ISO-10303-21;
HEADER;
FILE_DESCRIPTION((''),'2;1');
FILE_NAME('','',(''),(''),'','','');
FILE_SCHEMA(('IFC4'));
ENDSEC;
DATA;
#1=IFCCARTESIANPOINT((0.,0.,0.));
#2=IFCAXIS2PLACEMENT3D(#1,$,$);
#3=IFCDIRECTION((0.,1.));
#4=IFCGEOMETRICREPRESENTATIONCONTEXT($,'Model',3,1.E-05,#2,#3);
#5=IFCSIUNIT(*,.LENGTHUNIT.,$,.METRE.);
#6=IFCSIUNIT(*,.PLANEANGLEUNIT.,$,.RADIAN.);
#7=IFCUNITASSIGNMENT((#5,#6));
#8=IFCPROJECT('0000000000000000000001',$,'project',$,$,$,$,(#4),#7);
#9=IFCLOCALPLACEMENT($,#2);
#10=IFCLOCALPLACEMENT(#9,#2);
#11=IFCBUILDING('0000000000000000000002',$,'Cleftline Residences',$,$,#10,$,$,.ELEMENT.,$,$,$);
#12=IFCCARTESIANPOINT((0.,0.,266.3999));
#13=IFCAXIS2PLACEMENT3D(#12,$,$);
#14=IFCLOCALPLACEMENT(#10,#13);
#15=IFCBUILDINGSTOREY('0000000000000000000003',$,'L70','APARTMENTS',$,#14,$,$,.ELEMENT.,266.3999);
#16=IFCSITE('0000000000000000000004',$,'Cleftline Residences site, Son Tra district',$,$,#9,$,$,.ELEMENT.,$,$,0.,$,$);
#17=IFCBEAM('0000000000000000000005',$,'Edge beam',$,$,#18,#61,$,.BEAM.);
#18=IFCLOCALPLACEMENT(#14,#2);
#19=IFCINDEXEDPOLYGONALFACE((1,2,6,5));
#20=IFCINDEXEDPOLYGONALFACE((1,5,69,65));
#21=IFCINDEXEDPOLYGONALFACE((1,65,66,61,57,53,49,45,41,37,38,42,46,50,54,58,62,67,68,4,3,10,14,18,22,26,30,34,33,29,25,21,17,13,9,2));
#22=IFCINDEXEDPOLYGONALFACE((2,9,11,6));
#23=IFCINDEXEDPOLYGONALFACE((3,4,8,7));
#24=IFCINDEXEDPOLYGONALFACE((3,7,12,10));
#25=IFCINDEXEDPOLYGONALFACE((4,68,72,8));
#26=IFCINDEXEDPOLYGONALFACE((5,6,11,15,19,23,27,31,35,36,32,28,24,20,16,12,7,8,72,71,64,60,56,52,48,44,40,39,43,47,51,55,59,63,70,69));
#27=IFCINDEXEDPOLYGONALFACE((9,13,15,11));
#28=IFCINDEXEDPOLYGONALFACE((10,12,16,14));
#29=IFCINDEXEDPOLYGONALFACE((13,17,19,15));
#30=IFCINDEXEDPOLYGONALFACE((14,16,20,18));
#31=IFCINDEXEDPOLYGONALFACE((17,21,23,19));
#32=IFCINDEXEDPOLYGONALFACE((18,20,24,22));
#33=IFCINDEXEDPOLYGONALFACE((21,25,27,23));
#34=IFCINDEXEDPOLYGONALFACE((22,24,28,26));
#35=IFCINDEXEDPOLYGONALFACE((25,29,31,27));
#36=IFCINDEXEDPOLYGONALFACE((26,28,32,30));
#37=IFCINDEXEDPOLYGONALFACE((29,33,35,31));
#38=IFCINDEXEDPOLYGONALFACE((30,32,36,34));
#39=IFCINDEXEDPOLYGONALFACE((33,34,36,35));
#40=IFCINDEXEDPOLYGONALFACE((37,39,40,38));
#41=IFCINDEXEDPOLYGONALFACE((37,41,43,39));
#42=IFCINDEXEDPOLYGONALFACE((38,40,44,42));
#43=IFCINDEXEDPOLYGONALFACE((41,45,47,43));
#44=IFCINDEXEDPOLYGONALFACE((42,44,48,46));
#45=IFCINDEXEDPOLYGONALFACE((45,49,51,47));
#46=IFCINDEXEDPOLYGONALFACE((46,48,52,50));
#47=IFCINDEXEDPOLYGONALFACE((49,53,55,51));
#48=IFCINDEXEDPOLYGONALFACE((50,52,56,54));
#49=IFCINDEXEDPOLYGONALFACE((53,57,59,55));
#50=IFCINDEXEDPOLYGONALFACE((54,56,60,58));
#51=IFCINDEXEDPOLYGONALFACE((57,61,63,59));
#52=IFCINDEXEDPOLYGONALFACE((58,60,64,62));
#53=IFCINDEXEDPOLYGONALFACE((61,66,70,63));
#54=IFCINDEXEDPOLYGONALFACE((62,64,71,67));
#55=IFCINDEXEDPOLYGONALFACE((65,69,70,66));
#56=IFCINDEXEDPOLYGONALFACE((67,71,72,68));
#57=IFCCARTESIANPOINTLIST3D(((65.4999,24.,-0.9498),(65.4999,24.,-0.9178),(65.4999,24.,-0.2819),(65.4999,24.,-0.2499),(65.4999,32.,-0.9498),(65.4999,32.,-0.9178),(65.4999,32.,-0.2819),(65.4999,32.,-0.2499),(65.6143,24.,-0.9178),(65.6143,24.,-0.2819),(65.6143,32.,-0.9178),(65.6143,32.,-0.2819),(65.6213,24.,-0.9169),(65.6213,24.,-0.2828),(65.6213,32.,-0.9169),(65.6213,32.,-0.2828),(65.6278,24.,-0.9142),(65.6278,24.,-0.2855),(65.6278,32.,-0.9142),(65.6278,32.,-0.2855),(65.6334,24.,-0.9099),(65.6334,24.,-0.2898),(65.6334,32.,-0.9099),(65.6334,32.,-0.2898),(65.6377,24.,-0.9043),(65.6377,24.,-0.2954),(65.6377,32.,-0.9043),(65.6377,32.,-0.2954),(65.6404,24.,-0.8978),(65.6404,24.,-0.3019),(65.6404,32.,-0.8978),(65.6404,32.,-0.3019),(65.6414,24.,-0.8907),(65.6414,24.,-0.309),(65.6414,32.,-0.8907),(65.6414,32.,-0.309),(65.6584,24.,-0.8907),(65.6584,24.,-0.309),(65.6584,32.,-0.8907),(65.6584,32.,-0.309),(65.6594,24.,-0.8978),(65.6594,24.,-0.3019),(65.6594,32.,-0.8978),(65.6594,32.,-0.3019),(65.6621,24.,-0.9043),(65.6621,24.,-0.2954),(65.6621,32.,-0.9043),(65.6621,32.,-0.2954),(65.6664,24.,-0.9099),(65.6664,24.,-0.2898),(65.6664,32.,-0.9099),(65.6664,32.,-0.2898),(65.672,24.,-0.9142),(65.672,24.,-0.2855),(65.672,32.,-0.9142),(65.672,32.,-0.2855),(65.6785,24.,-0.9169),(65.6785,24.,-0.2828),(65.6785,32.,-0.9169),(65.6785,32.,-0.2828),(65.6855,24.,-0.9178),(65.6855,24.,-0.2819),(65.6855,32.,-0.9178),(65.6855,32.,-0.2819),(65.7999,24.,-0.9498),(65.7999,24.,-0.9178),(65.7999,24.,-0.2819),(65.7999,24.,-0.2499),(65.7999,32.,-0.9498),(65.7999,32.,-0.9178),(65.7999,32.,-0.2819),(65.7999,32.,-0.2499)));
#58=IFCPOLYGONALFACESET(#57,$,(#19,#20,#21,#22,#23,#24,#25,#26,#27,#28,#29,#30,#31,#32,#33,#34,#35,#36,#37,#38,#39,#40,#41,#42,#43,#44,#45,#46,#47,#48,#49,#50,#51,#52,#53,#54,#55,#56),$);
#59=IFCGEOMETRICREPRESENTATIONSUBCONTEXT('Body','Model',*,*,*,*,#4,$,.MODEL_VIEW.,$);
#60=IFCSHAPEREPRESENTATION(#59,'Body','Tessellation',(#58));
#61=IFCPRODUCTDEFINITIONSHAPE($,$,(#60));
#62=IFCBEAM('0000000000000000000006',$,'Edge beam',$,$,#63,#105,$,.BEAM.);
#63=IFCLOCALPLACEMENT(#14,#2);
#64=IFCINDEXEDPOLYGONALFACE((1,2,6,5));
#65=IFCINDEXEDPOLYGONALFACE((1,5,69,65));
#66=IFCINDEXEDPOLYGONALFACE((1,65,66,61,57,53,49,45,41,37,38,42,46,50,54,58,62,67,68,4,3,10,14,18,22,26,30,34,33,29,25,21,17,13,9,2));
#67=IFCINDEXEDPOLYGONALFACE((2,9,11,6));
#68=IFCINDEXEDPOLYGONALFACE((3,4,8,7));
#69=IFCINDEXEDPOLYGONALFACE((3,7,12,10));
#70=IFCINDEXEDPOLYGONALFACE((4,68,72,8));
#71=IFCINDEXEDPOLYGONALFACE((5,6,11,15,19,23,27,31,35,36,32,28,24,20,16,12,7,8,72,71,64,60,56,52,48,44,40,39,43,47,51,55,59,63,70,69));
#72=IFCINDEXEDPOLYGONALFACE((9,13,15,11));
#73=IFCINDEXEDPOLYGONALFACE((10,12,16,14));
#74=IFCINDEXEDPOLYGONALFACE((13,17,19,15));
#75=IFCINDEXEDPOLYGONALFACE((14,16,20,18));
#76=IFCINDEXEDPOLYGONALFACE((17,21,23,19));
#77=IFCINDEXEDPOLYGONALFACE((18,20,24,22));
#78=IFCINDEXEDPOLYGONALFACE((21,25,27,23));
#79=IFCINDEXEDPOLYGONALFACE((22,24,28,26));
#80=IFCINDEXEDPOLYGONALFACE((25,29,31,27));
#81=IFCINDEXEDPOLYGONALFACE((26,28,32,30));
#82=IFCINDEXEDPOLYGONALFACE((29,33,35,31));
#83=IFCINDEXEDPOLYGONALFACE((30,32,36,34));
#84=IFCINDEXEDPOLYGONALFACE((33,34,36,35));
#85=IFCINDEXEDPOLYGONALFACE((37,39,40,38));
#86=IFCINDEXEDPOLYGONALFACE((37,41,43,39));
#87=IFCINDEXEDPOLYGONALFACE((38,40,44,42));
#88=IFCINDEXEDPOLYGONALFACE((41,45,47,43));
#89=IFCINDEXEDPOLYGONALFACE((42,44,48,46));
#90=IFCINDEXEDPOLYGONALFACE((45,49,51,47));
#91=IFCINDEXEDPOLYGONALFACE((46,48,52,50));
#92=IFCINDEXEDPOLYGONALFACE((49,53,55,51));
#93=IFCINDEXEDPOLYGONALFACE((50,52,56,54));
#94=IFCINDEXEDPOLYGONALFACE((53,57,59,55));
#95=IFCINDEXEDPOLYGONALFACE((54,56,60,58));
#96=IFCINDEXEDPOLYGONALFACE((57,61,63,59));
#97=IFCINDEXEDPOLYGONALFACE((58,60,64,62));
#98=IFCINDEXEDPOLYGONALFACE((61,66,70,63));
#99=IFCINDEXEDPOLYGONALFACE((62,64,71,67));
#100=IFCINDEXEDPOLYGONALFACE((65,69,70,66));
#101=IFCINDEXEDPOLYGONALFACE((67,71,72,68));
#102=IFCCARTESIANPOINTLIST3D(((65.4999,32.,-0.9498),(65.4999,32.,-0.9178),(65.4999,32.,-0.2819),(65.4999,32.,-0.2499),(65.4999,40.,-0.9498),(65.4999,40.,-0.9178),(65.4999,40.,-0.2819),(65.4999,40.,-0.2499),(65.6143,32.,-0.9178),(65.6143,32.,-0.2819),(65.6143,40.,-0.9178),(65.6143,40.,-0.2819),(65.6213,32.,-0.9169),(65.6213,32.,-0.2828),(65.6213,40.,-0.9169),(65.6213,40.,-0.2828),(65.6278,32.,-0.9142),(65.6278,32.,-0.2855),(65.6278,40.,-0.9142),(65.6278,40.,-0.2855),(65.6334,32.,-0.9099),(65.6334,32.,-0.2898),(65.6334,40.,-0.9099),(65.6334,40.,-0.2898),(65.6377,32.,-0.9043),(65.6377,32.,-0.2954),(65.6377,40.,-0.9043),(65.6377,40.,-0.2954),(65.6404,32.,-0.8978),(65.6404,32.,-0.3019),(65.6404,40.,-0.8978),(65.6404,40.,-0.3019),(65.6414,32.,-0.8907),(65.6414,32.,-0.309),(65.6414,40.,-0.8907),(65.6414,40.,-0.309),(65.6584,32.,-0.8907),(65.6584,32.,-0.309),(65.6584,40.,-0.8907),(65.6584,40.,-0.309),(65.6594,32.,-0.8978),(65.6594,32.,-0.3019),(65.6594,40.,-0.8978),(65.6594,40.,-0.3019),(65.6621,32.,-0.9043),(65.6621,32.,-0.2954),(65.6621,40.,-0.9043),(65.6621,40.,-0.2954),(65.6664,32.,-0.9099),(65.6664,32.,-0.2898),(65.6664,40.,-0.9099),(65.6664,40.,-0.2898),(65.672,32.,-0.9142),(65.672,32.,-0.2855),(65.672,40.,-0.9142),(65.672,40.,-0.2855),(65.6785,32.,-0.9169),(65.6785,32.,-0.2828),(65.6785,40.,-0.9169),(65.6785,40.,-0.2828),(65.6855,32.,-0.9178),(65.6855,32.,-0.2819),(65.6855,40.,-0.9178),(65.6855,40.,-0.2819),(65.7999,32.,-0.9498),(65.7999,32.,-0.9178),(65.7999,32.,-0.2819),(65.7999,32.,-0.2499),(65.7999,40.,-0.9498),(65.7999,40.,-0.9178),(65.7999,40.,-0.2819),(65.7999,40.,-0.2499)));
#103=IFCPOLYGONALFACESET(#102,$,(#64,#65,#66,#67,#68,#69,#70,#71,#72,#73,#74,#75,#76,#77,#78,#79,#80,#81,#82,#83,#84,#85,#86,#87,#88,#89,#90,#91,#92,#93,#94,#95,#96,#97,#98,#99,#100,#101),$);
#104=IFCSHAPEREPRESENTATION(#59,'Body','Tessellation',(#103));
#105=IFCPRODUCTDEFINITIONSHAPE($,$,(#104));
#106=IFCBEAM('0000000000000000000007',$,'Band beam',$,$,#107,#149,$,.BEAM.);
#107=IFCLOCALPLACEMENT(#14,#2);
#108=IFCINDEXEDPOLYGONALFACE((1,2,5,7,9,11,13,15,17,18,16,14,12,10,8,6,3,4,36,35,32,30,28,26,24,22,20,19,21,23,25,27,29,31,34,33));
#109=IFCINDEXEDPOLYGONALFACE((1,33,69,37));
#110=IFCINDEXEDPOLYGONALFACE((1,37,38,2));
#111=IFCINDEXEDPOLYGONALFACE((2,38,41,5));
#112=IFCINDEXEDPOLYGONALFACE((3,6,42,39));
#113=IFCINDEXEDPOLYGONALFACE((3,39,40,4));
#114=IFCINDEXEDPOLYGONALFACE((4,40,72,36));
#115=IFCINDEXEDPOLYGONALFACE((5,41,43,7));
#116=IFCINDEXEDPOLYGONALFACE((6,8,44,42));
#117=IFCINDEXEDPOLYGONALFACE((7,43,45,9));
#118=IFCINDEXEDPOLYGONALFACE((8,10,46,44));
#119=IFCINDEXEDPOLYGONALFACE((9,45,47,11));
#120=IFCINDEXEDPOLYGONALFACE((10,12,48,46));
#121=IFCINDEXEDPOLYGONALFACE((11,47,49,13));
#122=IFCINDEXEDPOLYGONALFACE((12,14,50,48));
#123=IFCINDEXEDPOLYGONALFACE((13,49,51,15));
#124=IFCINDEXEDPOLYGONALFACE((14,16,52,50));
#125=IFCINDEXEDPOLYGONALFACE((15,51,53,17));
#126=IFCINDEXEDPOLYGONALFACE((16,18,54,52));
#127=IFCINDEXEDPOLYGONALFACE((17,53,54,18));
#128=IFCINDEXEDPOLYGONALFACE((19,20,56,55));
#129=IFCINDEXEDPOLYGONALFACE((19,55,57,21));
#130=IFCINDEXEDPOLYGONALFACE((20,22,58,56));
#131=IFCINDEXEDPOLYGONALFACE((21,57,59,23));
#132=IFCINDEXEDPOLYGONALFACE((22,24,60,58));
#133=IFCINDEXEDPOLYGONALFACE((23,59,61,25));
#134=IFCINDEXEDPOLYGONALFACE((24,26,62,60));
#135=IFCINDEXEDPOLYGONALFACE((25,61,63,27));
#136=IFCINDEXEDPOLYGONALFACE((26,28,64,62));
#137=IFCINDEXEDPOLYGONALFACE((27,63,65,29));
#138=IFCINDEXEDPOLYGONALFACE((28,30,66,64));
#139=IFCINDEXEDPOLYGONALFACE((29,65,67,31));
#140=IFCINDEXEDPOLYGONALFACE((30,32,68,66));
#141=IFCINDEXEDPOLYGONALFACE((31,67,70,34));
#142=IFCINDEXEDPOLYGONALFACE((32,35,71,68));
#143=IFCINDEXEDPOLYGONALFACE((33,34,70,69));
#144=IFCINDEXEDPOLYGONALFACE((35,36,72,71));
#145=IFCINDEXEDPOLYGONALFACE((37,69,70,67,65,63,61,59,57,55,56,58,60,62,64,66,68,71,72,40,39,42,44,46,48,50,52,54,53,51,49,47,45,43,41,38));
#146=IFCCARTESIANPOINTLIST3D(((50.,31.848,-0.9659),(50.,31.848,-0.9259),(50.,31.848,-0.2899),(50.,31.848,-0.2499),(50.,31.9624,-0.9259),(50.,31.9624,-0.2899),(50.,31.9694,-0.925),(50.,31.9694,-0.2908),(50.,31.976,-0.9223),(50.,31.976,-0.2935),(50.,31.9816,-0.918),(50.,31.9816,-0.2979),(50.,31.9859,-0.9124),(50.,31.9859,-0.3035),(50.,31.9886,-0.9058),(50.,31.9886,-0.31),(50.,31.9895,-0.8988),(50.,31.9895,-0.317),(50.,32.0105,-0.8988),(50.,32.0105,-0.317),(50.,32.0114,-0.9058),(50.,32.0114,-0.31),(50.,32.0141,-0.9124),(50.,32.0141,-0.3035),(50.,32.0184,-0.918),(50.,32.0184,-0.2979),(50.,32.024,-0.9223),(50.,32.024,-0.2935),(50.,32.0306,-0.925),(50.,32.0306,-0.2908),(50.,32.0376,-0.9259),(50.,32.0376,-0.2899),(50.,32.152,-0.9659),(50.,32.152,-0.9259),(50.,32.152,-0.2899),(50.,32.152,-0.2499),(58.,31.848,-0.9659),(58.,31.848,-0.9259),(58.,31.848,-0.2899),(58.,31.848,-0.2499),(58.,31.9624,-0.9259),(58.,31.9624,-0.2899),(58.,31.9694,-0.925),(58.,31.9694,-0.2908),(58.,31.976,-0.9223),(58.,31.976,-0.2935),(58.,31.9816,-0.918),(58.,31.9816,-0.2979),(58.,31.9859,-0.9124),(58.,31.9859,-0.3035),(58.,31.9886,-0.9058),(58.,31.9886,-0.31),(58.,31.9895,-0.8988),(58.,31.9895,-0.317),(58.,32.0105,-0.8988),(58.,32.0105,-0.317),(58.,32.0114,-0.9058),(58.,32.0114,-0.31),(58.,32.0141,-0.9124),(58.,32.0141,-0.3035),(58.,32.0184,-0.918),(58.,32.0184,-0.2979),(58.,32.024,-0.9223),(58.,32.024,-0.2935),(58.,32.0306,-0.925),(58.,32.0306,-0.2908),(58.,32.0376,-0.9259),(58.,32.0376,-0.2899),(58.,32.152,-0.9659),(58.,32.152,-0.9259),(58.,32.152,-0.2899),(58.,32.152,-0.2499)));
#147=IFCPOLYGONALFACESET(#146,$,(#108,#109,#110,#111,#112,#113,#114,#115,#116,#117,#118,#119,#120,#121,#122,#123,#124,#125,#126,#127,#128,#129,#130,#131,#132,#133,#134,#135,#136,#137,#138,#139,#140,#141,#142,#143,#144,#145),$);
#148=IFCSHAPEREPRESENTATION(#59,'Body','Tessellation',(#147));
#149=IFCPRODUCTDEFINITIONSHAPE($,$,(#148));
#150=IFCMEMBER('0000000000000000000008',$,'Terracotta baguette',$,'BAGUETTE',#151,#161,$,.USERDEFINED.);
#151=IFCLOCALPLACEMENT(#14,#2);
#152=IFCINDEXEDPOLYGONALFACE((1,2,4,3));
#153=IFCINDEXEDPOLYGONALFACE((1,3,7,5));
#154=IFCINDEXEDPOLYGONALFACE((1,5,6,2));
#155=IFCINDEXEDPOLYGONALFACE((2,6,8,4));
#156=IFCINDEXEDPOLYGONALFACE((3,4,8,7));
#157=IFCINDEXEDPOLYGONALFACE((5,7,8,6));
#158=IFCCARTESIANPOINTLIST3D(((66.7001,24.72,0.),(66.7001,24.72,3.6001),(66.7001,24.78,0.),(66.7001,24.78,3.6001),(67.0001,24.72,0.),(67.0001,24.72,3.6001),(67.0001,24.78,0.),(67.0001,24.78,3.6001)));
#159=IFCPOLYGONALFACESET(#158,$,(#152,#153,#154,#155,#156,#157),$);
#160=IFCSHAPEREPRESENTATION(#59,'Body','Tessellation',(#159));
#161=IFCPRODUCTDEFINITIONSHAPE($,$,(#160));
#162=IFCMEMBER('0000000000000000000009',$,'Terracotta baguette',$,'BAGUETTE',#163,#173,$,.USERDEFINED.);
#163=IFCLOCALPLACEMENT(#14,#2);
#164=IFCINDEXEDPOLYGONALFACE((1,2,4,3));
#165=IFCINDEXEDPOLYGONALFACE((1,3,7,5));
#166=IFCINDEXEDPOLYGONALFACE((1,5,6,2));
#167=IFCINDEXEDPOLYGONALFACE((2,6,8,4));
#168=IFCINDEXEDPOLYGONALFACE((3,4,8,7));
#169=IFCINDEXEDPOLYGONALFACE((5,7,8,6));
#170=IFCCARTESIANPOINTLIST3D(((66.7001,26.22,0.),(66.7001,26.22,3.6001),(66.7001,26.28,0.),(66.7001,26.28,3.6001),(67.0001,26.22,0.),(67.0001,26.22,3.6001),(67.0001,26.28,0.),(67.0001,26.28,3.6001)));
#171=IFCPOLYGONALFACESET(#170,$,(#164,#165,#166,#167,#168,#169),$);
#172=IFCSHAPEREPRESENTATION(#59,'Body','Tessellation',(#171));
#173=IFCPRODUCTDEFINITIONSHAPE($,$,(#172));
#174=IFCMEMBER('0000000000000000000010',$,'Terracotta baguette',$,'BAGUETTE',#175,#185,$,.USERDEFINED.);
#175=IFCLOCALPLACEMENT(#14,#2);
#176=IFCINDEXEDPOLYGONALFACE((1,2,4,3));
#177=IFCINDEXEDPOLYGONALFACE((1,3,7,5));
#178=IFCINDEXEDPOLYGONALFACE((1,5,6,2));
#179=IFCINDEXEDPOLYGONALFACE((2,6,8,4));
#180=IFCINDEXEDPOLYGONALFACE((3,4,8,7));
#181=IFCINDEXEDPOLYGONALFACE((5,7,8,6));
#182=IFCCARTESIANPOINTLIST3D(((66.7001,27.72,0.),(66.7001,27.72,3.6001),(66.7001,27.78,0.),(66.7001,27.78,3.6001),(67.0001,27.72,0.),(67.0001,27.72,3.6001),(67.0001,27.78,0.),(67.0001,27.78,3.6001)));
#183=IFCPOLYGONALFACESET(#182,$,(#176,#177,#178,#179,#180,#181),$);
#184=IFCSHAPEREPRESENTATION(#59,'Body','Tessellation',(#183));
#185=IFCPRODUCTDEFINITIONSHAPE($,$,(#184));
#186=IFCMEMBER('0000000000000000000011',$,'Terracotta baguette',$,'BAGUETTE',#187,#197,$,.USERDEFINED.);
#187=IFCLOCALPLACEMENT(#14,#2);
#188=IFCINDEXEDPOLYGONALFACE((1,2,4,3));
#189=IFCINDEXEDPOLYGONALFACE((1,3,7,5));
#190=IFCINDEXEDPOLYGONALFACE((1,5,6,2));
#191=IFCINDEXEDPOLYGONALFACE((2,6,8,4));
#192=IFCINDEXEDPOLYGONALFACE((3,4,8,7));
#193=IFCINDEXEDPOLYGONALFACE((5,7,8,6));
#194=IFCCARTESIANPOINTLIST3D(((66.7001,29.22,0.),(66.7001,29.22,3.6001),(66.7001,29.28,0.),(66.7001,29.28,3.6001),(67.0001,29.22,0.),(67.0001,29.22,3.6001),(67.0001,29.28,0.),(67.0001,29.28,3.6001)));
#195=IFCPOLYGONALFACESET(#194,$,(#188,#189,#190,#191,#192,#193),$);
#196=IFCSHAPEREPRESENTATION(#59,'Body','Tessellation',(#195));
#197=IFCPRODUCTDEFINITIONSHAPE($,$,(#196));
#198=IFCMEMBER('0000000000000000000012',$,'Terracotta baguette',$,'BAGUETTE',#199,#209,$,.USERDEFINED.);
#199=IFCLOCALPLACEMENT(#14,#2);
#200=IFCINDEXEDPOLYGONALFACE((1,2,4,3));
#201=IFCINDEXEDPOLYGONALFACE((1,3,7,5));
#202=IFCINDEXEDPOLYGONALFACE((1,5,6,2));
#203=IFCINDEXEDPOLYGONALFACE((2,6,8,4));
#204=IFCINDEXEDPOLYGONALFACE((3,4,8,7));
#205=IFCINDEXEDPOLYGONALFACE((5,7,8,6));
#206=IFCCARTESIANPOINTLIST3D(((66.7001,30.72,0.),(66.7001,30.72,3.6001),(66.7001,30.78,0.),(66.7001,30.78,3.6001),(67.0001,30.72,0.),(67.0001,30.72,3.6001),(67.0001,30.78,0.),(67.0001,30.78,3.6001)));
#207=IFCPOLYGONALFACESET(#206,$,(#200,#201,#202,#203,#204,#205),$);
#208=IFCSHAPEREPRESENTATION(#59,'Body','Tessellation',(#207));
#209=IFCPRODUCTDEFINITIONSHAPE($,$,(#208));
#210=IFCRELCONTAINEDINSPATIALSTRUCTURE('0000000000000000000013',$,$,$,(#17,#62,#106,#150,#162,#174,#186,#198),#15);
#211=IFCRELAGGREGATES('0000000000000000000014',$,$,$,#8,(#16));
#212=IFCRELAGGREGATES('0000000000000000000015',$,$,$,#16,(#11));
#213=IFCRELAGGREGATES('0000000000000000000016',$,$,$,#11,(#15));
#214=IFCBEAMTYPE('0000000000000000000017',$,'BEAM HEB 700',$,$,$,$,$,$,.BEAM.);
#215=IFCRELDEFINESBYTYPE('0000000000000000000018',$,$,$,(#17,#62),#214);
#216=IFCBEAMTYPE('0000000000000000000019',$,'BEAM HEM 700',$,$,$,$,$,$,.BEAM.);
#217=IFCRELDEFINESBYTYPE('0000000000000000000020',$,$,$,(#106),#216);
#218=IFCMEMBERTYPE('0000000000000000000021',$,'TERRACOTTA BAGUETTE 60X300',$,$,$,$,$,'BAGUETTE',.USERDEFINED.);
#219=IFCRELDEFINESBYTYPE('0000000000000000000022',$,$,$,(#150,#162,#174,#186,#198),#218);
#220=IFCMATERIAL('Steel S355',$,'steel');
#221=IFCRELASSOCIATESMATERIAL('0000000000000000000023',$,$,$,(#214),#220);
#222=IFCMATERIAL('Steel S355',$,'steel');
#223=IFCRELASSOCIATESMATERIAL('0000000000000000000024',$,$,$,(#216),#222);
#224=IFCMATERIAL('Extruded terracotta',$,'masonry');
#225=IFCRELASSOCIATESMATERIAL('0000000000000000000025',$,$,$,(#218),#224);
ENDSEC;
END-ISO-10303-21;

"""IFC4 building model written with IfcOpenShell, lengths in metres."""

from ifc_helpers import new_model, si_unit, direction, frame, origin, origin_2d, place, context, subcontext, project, spatial, rectangle, i_section, extrude, material, material_profile, profile_set, type_object, element, save


model = new_model("IFC4")

# Units and contexts
model_context = context("Model", 3, precision=1e-05, world=origin(), true_north=direction((0.0, 1.0)))
body_context = subcontext(model_context, "Body", "Model", "MODEL_VIEW")
ifc_project = project(units=[si_unit("LENGTHUNIT", "METRE"), si_unit("PLANEANGLEUNIT", "RADIAN")], contexts=[model_context])

# Site, building, storey
site_placement = place(None, origin())
site = spatial("IfcSite", under=ifc_project, at=site_placement, Name="Cleftline Residences site, Son Tra district", CompositionType="ELEMENT", RefElevation=0.0)
building_placement = place(site_placement, origin())
building = spatial("IfcBuilding", under=site, at=building_placement, Name="Cleftline Residences", CompositionType="ELEMENT")
storey_placement = place(building_placement, frame((0.0, 0.0, 266.3999)))
storey = spatial("IfcBuildingStorey", under=building, at=storey_placement, Name="L70", Description="APARTMENTS", CompositionType="ELEMENT", Elevation=266.3999)

# Beams
ifc_material_1 = material(Name="Steel S355", Category="steel")
ifc_material_profile_1 = material_profile(ifc_material_1, i_section(OverallWidth=0.3, OverallDepth=0.7, WebThickness=0.0171, FlangeThickness=0.032, FilletRadius=0.0271, at=origin_2d()))
ifc_profile_set_1 = profile_set([ifc_material_profile_1], Name="Steel S355")
beam_type_1 = type_object("IfcBeamType", Name="BEAM HEB 700", PredefinedType="BEAM", material=ifc_profile_set_1)
for number, where, z_axis, x_axis, name in (
    (1, (65.6499, 24.0, -0.5999), (0.0, 1.0, 0.0), (-1.0, 0.0, 0.0), "Edge beam"),
    (2, (65.6499, 32.0, -0.5999), (0.0, 1.0, 0.0), (-1.0, 0.0, 0.0), "Edge beam"),
):
    element("IfcBeam", number, at=place(storey_placement, frame(where, z_axis=z_axis, x_axis=x_axis)), inside=storey, type_object=beam_type_1, Name=name, PredefinedType="BEAM", context=body_context, shape_type="SweptSolid", body=[
        extrude(i_section(OverallWidth=0.3, OverallDepth=0.7, WebThickness=0.0171, FlangeThickness=0.032, FilletRadius=0.0271, at=origin_2d()), origin(), (0.0, 0.0, 1.0), 8.0),
    ])
ifc_material_2 = material(Name="Steel S355", Category="steel")
ifc_material_profile_2 = material_profile(ifc_material_2, i_section(OverallWidth=0.304, OverallDepth=0.7161, WebThickness=0.021, FlangeThickness=0.04, FilletRadius=0.0271, at=origin_2d()))
ifc_profile_set_2 = profile_set([ifc_material_profile_2], Name="Steel S355")
beam_type_2 = type_object("IfcBeamType", Name="BEAM HEM 700", PredefinedType="BEAM", material=ifc_profile_set_2)
beam_placement = place(storey_placement, frame((58.0, 32.0, -0.6079), z_axis=(-1.0, 0.0, 0.0), x_axis=(0.0, -1.0, 0.0)))
element("IfcBeam", 3, at=beam_placement, inside=storey, type_object=beam_type_2, Name="Band beam", PredefinedType="BEAM", context=body_context, shape_type="SweptSolid", body=[
    extrude(i_section(OverallWidth=0.304, OverallDepth=0.7161, WebThickness=0.021, FlangeThickness=0.04, FilletRadius=0.0271, at=origin_2d()), origin(), (0.0, 0.0, 1.0), 8.0),
])

# Members
ifc_material_3 = material(Name="Extruded terracotta", Category="masonry")
ifc_material_profile_3 = material_profile(ifc_material_3, rectangle(XDim=0.0601, YDim=0.3, at=origin_2d()))
ifc_profile_set_3 = profile_set([ifc_material_profile_3], Name="Extruded terracotta")
member_type_1 = type_object("IfcMemberType", Name="TERRACOTTA BAGUETTE 60X300", ElementType="BAGUETTE", PredefinedType="USERDEFINED", material=ifc_profile_set_3)
for number, where, z_axis, x_axis, name in (
    (4, (66.8501, 24.75, 0.0), (0.0, 0.0, 1.0), (0.0, 1.0, 0.0), "Terracotta baguette"),
    (5, (66.8501, 26.25, 0.0), (0.0, 0.0, 1.0), (0.0, 1.0, 0.0), "Terracotta baguette"),
    (6, (66.8501, 27.75, 0.0), (0.0, 0.0, 1.0), (0.0, 1.0, 0.0), "Terracotta baguette"),
    (7, (66.8501, 29.25, 0.0), (0.0, 0.0, 1.0), (0.0, 1.0, 0.0), "Terracotta baguette"),
    (8, (66.8501, 30.75, 0.0), (0.0, 0.0, 1.0), (0.0, 1.0, 0.0), "Terracotta baguette"),
):
    element("IfcMember", number, at=place(storey_placement, frame(where, z_axis=z_axis, x_axis=x_axis)), inside=storey, type_object=member_type_1, Name=name, ObjectType="BAGUETTE", PredefinedType="USERDEFINED", context=body_context, shape_type="SweptSolid", body=[
        extrude(rectangle(XDim=0.0601, YDim=0.3, at=origin_2d()), origin(), (0.0, 0.0, 1.0), 3.6001),
    ])

save(model, "model.ifc")
